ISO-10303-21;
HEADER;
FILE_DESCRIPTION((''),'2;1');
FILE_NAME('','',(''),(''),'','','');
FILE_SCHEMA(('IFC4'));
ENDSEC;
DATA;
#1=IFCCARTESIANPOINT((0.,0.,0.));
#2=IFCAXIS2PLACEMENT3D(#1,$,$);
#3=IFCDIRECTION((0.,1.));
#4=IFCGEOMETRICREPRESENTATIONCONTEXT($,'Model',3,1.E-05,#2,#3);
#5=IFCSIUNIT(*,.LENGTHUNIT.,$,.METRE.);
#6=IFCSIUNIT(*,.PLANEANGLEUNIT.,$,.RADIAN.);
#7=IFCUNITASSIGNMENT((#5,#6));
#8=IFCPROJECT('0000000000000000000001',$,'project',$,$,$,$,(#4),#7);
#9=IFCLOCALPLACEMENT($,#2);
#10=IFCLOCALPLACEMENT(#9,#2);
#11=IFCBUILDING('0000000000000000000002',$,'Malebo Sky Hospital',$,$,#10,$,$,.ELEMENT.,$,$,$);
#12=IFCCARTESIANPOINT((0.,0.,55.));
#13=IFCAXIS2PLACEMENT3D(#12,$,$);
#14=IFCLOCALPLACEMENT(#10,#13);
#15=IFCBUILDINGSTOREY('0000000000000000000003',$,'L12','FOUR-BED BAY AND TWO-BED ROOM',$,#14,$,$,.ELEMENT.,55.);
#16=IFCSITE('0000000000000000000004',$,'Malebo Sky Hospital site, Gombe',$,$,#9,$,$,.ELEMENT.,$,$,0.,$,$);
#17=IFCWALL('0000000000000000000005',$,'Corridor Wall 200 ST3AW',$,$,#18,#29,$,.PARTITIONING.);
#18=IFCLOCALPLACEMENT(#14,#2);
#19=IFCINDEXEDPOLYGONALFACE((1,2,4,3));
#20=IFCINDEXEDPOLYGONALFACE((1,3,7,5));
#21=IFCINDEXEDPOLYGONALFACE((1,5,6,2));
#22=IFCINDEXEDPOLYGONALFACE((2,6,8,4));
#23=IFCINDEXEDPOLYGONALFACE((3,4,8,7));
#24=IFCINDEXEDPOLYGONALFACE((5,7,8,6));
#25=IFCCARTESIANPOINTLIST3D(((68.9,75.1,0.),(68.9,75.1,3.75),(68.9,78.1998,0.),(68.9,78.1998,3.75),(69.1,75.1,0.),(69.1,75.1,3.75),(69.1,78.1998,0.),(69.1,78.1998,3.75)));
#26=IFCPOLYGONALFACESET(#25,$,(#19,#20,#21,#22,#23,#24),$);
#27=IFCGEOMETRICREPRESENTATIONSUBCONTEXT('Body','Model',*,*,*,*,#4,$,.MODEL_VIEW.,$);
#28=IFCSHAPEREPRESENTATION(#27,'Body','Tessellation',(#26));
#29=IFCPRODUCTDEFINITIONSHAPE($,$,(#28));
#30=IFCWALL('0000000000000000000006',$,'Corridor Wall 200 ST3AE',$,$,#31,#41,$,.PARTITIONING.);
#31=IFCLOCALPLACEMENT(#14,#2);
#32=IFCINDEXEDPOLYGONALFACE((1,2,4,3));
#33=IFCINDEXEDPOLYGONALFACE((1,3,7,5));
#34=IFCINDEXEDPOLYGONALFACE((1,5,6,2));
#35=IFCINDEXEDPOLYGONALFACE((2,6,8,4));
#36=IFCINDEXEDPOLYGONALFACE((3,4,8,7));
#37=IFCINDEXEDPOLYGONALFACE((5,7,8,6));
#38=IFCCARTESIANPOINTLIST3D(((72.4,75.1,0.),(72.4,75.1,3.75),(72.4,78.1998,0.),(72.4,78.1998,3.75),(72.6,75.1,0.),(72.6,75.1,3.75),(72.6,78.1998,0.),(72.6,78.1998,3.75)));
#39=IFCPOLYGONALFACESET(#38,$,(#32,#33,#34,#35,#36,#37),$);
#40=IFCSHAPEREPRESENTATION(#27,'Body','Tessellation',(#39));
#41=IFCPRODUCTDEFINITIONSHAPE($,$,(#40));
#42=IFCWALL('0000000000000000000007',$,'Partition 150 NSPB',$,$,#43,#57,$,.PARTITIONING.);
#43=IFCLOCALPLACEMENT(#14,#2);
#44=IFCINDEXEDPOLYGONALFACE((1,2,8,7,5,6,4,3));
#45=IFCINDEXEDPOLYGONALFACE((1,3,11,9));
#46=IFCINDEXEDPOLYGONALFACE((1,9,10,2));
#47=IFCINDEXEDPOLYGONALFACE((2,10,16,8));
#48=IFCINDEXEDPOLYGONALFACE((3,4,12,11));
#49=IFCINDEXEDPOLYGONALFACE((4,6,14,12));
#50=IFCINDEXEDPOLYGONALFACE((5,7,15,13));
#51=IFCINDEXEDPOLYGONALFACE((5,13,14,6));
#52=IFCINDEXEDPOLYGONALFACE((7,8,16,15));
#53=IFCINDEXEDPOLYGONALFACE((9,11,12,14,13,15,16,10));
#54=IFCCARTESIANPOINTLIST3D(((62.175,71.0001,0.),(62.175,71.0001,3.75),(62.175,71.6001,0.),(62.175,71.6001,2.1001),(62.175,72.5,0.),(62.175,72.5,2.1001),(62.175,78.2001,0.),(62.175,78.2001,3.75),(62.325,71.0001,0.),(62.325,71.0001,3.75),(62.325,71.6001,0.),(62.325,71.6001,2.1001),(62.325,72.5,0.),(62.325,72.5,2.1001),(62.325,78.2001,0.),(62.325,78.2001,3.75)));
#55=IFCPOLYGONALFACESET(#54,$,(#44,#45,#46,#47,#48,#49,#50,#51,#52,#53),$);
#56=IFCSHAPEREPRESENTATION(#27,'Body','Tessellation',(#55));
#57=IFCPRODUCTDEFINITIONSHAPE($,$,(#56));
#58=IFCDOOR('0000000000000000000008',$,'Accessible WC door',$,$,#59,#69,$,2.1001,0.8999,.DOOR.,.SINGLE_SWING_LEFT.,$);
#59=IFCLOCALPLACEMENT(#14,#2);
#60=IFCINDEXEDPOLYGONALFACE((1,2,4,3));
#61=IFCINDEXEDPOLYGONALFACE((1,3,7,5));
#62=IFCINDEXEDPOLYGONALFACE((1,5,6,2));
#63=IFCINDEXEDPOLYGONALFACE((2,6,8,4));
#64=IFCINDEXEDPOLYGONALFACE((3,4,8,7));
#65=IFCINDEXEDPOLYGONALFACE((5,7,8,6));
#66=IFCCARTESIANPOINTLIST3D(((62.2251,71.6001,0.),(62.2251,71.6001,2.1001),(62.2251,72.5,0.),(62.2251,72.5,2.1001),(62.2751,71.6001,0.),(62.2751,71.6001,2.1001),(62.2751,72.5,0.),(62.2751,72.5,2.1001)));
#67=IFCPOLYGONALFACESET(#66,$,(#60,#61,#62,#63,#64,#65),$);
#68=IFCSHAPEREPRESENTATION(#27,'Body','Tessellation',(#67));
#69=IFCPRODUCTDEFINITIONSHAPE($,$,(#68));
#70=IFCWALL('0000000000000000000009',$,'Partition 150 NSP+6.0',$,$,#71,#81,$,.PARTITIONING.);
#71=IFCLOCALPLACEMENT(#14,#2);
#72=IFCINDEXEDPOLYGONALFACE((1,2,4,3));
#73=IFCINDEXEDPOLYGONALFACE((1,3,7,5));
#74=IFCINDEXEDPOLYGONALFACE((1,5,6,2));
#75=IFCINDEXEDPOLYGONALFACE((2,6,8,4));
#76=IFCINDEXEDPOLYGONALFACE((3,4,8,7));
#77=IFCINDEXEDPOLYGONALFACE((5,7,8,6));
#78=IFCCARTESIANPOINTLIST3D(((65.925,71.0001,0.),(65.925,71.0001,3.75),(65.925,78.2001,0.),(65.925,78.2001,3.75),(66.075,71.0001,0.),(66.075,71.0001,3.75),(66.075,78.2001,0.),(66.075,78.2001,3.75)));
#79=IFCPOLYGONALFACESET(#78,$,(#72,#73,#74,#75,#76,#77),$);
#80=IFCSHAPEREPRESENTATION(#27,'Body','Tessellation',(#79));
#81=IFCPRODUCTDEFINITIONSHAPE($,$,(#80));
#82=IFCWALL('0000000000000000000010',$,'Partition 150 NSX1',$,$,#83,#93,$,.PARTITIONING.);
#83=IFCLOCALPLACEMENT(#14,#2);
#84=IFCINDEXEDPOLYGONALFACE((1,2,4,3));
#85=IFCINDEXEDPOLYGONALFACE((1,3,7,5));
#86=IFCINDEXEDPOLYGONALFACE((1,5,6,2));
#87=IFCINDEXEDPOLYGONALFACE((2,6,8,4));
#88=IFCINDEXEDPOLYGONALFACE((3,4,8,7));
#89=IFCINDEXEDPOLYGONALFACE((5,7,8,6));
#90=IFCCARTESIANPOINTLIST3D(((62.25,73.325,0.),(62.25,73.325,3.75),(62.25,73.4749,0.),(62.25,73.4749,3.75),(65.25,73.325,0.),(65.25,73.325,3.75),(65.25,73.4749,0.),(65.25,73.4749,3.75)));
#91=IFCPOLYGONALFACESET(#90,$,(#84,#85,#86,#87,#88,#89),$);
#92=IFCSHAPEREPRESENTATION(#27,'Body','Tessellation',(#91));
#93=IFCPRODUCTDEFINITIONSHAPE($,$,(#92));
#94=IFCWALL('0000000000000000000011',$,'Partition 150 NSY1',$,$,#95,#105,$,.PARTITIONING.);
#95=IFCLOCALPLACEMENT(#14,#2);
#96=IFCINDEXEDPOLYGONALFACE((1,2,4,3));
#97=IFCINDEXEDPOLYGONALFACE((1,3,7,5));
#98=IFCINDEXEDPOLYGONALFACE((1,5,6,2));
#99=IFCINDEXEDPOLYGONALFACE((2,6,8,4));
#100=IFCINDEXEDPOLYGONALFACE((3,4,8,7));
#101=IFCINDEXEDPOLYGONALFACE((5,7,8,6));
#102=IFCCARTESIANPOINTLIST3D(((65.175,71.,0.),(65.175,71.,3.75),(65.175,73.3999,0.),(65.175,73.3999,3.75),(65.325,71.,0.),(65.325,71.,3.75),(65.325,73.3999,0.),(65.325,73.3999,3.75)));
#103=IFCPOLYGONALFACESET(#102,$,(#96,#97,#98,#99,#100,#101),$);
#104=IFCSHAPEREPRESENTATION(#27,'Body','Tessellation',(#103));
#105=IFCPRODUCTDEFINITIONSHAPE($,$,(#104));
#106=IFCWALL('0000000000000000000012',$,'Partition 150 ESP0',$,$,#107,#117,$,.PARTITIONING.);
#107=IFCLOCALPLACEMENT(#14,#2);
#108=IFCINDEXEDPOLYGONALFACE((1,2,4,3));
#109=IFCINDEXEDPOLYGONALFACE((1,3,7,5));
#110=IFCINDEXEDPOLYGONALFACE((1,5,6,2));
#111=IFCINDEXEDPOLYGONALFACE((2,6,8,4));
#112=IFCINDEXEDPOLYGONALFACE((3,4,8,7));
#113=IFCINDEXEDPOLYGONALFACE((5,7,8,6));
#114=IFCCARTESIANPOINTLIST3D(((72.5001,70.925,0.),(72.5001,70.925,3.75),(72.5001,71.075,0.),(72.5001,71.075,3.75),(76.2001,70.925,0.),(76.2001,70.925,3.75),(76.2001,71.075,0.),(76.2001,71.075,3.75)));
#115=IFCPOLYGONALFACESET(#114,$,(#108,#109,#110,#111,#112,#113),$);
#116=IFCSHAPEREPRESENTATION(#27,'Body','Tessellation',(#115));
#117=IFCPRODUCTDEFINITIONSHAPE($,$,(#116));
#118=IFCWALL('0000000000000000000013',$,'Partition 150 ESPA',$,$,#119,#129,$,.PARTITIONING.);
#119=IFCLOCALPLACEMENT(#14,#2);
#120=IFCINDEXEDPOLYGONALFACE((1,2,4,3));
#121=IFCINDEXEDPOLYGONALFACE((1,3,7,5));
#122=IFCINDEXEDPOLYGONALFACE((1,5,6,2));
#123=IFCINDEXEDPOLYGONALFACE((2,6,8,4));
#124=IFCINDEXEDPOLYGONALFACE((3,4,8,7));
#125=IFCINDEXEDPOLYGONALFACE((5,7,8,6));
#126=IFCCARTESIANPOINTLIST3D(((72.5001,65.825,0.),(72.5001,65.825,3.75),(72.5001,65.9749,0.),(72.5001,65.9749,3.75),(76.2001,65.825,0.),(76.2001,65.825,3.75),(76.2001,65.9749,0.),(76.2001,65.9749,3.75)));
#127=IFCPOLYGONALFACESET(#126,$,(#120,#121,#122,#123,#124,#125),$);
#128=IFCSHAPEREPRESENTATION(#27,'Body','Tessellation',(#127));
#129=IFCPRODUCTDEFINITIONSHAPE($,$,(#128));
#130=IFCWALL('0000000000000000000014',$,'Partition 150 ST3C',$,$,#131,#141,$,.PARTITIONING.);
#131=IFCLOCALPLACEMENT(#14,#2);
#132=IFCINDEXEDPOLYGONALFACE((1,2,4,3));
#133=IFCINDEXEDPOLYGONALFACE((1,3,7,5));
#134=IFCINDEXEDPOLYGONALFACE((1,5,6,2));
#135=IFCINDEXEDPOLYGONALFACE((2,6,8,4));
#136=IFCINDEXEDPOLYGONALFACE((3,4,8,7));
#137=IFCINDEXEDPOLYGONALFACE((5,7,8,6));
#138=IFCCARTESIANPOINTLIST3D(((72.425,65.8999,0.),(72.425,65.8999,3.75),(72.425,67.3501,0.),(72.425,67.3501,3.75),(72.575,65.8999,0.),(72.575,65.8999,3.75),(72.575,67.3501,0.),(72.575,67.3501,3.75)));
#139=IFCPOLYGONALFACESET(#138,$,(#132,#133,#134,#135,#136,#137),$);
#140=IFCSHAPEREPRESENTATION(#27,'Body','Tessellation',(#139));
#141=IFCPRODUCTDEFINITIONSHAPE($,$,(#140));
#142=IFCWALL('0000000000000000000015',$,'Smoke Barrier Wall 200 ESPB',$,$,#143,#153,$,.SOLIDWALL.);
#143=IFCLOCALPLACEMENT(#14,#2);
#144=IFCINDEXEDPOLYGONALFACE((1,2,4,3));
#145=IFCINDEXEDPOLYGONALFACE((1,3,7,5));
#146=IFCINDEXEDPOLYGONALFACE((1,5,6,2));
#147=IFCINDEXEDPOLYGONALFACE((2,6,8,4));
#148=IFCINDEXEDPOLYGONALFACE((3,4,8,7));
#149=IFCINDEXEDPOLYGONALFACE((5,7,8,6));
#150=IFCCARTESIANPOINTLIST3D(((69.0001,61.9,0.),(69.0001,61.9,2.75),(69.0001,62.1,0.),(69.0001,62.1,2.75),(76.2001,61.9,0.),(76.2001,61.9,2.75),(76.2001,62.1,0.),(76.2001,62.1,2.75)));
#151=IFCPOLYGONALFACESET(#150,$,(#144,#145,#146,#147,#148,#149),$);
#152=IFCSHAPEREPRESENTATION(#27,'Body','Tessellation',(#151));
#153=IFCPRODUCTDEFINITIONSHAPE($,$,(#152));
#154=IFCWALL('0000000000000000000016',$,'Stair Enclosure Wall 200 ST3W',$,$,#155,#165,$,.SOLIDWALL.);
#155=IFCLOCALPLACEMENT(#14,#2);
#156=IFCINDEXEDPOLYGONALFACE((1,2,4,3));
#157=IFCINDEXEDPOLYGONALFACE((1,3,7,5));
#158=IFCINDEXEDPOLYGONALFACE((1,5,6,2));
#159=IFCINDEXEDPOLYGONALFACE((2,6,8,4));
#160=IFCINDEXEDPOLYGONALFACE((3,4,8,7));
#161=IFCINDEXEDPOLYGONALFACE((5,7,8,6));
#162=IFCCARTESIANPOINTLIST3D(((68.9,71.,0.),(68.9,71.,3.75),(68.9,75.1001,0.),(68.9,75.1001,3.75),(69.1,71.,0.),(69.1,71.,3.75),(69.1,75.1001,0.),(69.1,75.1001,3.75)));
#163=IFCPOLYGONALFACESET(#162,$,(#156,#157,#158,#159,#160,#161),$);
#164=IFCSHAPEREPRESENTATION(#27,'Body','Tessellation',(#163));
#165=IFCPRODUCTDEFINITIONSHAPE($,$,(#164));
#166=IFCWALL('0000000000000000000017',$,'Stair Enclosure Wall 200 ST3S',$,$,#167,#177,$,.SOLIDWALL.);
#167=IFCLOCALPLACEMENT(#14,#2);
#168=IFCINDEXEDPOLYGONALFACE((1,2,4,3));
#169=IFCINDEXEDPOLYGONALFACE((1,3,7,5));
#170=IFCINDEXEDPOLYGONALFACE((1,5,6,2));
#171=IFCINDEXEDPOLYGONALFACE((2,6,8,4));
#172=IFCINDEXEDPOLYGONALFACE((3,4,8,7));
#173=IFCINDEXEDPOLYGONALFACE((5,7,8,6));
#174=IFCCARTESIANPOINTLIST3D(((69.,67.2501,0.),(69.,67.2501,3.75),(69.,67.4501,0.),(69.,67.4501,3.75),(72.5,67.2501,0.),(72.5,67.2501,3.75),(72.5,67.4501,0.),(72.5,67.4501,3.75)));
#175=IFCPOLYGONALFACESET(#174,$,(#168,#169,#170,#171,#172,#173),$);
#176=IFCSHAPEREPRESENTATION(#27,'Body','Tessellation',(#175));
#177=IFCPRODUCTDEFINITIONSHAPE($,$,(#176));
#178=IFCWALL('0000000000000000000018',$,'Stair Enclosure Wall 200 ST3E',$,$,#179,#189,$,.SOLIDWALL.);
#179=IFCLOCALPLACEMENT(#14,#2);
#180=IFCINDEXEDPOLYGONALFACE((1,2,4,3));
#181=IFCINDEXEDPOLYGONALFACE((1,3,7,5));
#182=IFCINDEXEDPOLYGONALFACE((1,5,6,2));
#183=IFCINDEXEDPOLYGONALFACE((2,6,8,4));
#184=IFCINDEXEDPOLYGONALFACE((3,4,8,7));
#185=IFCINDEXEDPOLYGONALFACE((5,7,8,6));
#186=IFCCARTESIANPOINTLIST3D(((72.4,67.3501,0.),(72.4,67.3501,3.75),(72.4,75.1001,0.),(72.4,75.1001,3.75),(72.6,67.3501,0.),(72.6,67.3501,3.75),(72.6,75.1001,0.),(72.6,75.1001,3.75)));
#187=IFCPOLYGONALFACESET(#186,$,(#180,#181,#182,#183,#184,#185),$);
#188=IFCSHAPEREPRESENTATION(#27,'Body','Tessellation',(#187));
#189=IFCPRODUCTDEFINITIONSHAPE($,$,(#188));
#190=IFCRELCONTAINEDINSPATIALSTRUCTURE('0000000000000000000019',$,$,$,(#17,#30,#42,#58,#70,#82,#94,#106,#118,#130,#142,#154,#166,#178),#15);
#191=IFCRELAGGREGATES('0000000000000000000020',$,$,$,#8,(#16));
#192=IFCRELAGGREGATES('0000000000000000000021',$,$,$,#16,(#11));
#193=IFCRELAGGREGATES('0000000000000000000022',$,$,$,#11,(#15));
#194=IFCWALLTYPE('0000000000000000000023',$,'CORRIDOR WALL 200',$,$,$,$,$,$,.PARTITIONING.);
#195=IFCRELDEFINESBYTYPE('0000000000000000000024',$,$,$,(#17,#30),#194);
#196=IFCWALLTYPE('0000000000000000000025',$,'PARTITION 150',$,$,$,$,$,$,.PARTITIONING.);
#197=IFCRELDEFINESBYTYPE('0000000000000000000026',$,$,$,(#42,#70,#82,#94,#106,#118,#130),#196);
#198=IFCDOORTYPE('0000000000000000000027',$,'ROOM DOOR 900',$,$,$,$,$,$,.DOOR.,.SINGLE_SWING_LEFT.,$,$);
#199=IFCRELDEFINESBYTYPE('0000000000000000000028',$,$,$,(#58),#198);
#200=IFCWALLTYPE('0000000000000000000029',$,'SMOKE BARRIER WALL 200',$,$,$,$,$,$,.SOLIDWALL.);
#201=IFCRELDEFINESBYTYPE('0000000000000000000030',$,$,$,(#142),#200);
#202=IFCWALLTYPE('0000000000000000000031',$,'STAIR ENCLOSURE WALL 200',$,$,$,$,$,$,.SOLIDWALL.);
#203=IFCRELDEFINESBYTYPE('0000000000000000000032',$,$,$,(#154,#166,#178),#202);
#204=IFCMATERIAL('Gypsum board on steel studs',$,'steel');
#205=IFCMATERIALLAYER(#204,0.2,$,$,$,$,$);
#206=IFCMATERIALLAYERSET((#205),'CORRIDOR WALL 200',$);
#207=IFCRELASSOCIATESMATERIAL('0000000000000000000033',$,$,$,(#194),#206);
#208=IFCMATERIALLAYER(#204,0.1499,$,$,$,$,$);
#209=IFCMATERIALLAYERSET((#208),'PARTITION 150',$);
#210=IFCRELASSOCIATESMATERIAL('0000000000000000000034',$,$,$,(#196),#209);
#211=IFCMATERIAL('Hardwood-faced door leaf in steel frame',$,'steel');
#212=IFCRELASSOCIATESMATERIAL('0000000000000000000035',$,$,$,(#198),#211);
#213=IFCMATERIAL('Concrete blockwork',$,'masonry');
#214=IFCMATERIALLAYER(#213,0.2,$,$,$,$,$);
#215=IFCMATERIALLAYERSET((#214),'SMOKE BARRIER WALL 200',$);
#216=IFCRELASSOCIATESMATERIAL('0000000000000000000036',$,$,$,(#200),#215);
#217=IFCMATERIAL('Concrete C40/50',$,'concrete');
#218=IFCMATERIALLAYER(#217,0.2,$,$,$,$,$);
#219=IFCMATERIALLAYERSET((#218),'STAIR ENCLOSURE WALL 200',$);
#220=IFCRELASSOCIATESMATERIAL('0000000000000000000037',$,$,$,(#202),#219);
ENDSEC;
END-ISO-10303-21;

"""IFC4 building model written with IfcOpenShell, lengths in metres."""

from ifc_helpers import new_model, si_unit, direction, frame, frame_2d, origin, place, context, subcontext, project, spatial, rectangle, extrude, material, layer, layer_set, type_object, element, fill, save


model = new_model("IFC4")

# Units and contexts
model_context = context("Model", 3, precision=1e-05, world=origin(), true_north=direction((0.0, 1.0)))
body_context = subcontext(model_context, "Body", "Model", "MODEL_VIEW")
ifc_project = project(units=[si_unit("LENGTHUNIT", "METRE"), si_unit("PLANEANGLEUNIT", "RADIAN")], contexts=[model_context])

# Site, building, storey
site_placement = place(None, origin())
site = spatial("IfcSite", under=ifc_project, at=site_placement, Name="Malebo Sky Hospital site, Gombe", CompositionType="ELEMENT", RefElevation=0.0)
building_placement = place(site_placement, origin())
building = spatial("IfcBuilding", under=site, at=building_placement, Name="Malebo Sky Hospital", CompositionType="ELEMENT")
storey_placement = place(building_placement, frame((0.0, 0.0, 55.0)))
storey = spatial("IfcBuildingStorey", under=building, at=storey_placement, Name="L12", Description="FOUR-BED BAY AND TWO-BED ROOM", CompositionType="ELEMENT", Elevation=55.0)

# Walls
ifc_material_1 = material(Name="Gypsum board on steel studs", Category="steel")
ifc_layer_1 = layer(ifc_material_1, 0.2)
ifc_layer_set_1 = layer_set([ifc_layer_1], Name="CORRIDOR WALL 200")
wall_type_1 = type_object("IfcWallType", Name="CORRIDOR WALL 200", PredefinedType="PARTITIONING", material=ifc_layer_set_1)
for number, where, z_axis, x_axis, name in (
    (1, (69.0, 75.1001, 0.0), (0.0, 0.0, 1.0), (0.0, 1.0, 0.0), "Corridor Wall 200 ST3AW"),
    (2, (72.5, 75.1001, 0.0), (0.0, 0.0, 1.0), (0.0, 1.0, 0.0), "Corridor Wall 200 ST3AE"),
):
    element("IfcWall", number, at=place(storey_placement, frame(where, z_axis=z_axis, x_axis=x_axis)), inside=storey, type_object=wall_type_1, Name=name, PredefinedType="PARTITIONING", context=body_context, shape_type="SweptSolid", body=[
        extrude(rectangle(XDim=3.0999, YDim=0.2, at=frame_2d((1.5498, 0.0))), origin(), (0.0, 0.0, 1.0), 3.75),
    ])

# Wall, opening, door
ifc_layer_2 = layer(ifc_material_1, 0.1499)
ifc_layer_set_2 = layer_set([ifc_layer_2], Name="PARTITION 150")
wall_type_2 = type_object("IfcWallType", Name="PARTITION 150", PredefinedType="PARTITIONING", material=ifc_layer_set_2)
wall_1_placement = place(storey_placement, frame((62.25, 71.0, 0.0), z_axis=(0.0, 0.0, 1.0), x_axis=(0.0, 1.0, 0.0)))
wall_1 = element("IfcWall", 3, at=wall_1_placement, inside=storey, type_object=wall_type_2, Name="Partition 150 NSPB", PredefinedType="PARTITIONING", context=body_context, shape_type="SweptSolid", body=[
    extrude(rectangle(XDim=7.2, YDim=0.1499, at=frame_2d((3.6001, 0.0))), origin(), (0.0, 0.0, 1.0), 3.75),
])
opening_1_placement = place(wall_1_placement, frame((0.6001, 0.0, 0.0)))
opening_1 = element("IfcOpeningElement", 4, at=opening_1_placement, cuts=wall_1, PredefinedType="OPENING", context=body_context, shape_type="SweptSolid", body=[
    extrude(rectangle(XDim=0.8999, YDim=2.1001, at=frame_2d((0.45, 1.05))), frame((0.0, 0.085, 0.0), z_axis=(0.0, -1.0, 0.0), x_axis=(1.0, 0.0, 0.0)), (0.0, 0.0, 1.0), 0.1699),
])
ifc_material_2 = material(Name="Hardwood-faced door leaf in steel frame", Category="steel")
door_type_1 = type_object("IfcDoorType", Name="ROOM DOOR 900", OperationType="SINGLE_SWING_LEFT", PredefinedType="DOOR", material=ifc_material_2)
door_1_placement = place(opening_1_placement, origin())
door_1 = element("IfcDoor", 5, at=door_1_placement, inside=storey, type_object=door_type_1, Name="Accessible WC door", OperationType="SINGLE_SWING_LEFT", OverallHeight=2.1001, OverallWidth=0.8999, PredefinedType="DOOR", context=body_context, shape_type="SweptSolid", body=[
    extrude(rectangle(XDim=0.8999, YDim=2.1001, at=frame_2d((0.45, 1.05))), frame((0.0, 0.0249, 0.0), z_axis=(0.0, -1.0, 0.0), x_axis=(1.0, 0.0, 0.0)), (0.0, 0.0, 1.0), 0.05),
])
fill(opening_1, door_1)

# Walls
wall_2_placement = place(storey_placement, frame((66.0, 71.0, 0.0), z_axis=(0.0, 0.0, 1.0), x_axis=(0.0, 1.0, 0.0)))
element("IfcWall", 6, at=wall_2_placement, inside=storey, type_object=wall_type_2, Name="Partition 150 NSP+6.0", PredefinedType="PARTITIONING", context=body_context, shape_type="SweptSolid", body=[
    extrude(rectangle(XDim=7.2, YDim=0.1499, at=frame_2d((3.6001, 0.0))), origin(), (0.0, 0.0, 1.0), 3.75),
])
wall_3_placement = place(storey_placement, frame((62.25, 73.3999, 0.0), z_axis=(0.0, 0.0, 1.0), x_axis=(1.0, 0.0, 0.0)))
element("IfcWall", 7, at=wall_3_placement, inside=storey, type_object=wall_type_2, Name="Partition 150 NSX1", PredefinedType="PARTITIONING", context=body_context, shape_type="SweptSolid", body=[
    extrude(rectangle(XDim=3.0, YDim=0.1499, at=frame_2d((1.5, 0.0))), origin(), (0.0, 0.0, 1.0), 3.75),
])
wall_4_placement = place(storey_placement, frame((65.25, 71.0, 0.0), z_axis=(0.0, 0.0, 1.0), x_axis=(0.0, 1.0, 0.0)))
element("IfcWall", 8, at=wall_4_placement, inside=storey, type_object=wall_type_2, Name="Partition 150 NSY1", PredefinedType="PARTITIONING", context=body_context, shape_type="SweptSolid", body=[
    extrude(rectangle(XDim=2.3999, YDim=0.1499, at=frame_2d((1.2, 0.0))), origin(), (0.0, 0.0, 1.0), 3.75),
])
for number, where, z_axis, x_axis, name in (
    (9, (72.5, 71.0, 0.0), (0.0, 0.0, 1.0), (1.0, 0.0, 0.0), "Partition 150 ESP0"),
    (10, (72.5, 65.8999, 0.0), (0.0, 0.0, 1.0), (1.0, 0.0, 0.0), "Partition 150 ESPA"),
):
    element("IfcWall", number, at=place(storey_placement, frame(where, z_axis=z_axis, x_axis=x_axis)), inside=storey, type_object=wall_type_2, Name=name, PredefinedType="PARTITIONING", context=body_context, shape_type="SweptSolid", body=[
        extrude(rectangle(XDim=3.7, YDim=0.1499, at=frame_2d((1.8501, 0.0))), origin(), (0.0, 0.0, 1.0), 3.75),
    ])
wall_5_placement = place(storey_placement, frame((72.5, 65.8999, 0.0), z_axis=(0.0, 0.0, 1.0), x_axis=(0.0, 1.0, 0.0)))
element("IfcWall", 11, at=wall_5_placement, inside=storey, type_object=wall_type_2, Name="Partition 150 ST3C", PredefinedType="PARTITIONING", context=body_context, shape_type="SweptSolid", body=[
    extrude(rectangle(XDim=1.4502, YDim=0.1499, at=frame_2d((0.7251, 0.0))), origin(), (0.0, 0.0, 1.0), 3.75),
])
ifc_material_3 = material(Name="Concrete blockwork", Category="masonry")
ifc_layer_3 = layer(ifc_material_3, 0.2)
ifc_layer_set_3 = layer_set([ifc_layer_3], Name="SMOKE BARRIER WALL 200")
wall_type_3 = type_object("IfcWallType", Name="SMOKE BARRIER WALL 200", PredefinedType="SOLIDWALL", material=ifc_layer_set_3)
wall_6_placement = place(storey_placement, frame((69.0, 62.0, 0.0), z_axis=(0.0, 0.0, 1.0), x_axis=(1.0, 0.0, 0.0)))
element("IfcWall", 12, at=wall_6_placement, inside=storey, type_object=wall_type_3, Name="Smoke Barrier Wall 200 ESPB", PredefinedType="SOLIDWALL", context=body_context, shape_type="SweptSolid", body=[
    extrude(rectangle(XDim=7.2, YDim=0.2, at=frame_2d((3.6001, 0.0))), origin(), (0.0, 0.0, 1.0), 2.75),
])
ifc_material_4 = material(Name="Concrete C40/50", Category="concrete")
ifc_layer_4 = layer(ifc_material_4, 0.2)
ifc_layer_set_4 = layer_set([ifc_layer_4], Name="STAIR ENCLOSURE WALL 200")
wall_type_4 = type_object("IfcWallType", Name="STAIR ENCLOSURE WALL 200", PredefinedType="SOLIDWALL", material=ifc_layer_set_4)
wall_7_placement = place(storey_placement, frame((69.0, 71.0, 0.0), z_axis=(0.0, 0.0, 1.0), x_axis=(0.0, 1.0, 0.0)))
element("IfcWall", 13, at=wall_7_placement, inside=storey, type_object=wall_type_4, Name="Stair Enclosure Wall 200 ST3W", PredefinedType="SOLIDWALL", context=body_context, shape_type="SweptSolid", body=[
    extrude(rectangle(XDim=4.1001, YDim=0.2, at=frame_2d((2.05, 0.0))), origin(), (0.0, 0.0, 1.0), 3.75),
])
wall_8_placement = place(storey_placement, frame((69.0, 67.3501, 0.0), z_axis=(0.0, 0.0, 1.0), x_axis=(1.0, 0.0, 0.0)))
element("IfcWall", 14, at=wall_8_placement, inside=storey, type_object=wall_type_4, Name="Stair Enclosure Wall 200 ST3S", PredefinedType="SOLIDWALL", context=body_context, shape_type="SweptSolid", body=[
    extrude(rectangle(XDim=3.5, YDim=0.2, at=frame_2d((1.75, 0.0))), origin(), (0.0, 0.0, 1.0), 3.75),
])
wall_9_placement = place(storey_placement, frame((72.5, 67.3501, 0.0), z_axis=(0.0, 0.0, 1.0), x_axis=(0.0, 1.0, 0.0)))
element("IfcWall", 15, at=wall_9_placement, inside=storey, type_object=wall_type_4, Name="Stair Enclosure Wall 200 ST3E", PredefinedType="SOLIDWALL", context=body_context, shape_type="SweptSolid", body=[
    extrude(rectangle(XDim=7.75, YDim=0.2, at=frame_2d((3.875, 0.0))), origin(), (0.0, 0.0, 1.0), 3.75),
])

save(model, "model.ifc")
